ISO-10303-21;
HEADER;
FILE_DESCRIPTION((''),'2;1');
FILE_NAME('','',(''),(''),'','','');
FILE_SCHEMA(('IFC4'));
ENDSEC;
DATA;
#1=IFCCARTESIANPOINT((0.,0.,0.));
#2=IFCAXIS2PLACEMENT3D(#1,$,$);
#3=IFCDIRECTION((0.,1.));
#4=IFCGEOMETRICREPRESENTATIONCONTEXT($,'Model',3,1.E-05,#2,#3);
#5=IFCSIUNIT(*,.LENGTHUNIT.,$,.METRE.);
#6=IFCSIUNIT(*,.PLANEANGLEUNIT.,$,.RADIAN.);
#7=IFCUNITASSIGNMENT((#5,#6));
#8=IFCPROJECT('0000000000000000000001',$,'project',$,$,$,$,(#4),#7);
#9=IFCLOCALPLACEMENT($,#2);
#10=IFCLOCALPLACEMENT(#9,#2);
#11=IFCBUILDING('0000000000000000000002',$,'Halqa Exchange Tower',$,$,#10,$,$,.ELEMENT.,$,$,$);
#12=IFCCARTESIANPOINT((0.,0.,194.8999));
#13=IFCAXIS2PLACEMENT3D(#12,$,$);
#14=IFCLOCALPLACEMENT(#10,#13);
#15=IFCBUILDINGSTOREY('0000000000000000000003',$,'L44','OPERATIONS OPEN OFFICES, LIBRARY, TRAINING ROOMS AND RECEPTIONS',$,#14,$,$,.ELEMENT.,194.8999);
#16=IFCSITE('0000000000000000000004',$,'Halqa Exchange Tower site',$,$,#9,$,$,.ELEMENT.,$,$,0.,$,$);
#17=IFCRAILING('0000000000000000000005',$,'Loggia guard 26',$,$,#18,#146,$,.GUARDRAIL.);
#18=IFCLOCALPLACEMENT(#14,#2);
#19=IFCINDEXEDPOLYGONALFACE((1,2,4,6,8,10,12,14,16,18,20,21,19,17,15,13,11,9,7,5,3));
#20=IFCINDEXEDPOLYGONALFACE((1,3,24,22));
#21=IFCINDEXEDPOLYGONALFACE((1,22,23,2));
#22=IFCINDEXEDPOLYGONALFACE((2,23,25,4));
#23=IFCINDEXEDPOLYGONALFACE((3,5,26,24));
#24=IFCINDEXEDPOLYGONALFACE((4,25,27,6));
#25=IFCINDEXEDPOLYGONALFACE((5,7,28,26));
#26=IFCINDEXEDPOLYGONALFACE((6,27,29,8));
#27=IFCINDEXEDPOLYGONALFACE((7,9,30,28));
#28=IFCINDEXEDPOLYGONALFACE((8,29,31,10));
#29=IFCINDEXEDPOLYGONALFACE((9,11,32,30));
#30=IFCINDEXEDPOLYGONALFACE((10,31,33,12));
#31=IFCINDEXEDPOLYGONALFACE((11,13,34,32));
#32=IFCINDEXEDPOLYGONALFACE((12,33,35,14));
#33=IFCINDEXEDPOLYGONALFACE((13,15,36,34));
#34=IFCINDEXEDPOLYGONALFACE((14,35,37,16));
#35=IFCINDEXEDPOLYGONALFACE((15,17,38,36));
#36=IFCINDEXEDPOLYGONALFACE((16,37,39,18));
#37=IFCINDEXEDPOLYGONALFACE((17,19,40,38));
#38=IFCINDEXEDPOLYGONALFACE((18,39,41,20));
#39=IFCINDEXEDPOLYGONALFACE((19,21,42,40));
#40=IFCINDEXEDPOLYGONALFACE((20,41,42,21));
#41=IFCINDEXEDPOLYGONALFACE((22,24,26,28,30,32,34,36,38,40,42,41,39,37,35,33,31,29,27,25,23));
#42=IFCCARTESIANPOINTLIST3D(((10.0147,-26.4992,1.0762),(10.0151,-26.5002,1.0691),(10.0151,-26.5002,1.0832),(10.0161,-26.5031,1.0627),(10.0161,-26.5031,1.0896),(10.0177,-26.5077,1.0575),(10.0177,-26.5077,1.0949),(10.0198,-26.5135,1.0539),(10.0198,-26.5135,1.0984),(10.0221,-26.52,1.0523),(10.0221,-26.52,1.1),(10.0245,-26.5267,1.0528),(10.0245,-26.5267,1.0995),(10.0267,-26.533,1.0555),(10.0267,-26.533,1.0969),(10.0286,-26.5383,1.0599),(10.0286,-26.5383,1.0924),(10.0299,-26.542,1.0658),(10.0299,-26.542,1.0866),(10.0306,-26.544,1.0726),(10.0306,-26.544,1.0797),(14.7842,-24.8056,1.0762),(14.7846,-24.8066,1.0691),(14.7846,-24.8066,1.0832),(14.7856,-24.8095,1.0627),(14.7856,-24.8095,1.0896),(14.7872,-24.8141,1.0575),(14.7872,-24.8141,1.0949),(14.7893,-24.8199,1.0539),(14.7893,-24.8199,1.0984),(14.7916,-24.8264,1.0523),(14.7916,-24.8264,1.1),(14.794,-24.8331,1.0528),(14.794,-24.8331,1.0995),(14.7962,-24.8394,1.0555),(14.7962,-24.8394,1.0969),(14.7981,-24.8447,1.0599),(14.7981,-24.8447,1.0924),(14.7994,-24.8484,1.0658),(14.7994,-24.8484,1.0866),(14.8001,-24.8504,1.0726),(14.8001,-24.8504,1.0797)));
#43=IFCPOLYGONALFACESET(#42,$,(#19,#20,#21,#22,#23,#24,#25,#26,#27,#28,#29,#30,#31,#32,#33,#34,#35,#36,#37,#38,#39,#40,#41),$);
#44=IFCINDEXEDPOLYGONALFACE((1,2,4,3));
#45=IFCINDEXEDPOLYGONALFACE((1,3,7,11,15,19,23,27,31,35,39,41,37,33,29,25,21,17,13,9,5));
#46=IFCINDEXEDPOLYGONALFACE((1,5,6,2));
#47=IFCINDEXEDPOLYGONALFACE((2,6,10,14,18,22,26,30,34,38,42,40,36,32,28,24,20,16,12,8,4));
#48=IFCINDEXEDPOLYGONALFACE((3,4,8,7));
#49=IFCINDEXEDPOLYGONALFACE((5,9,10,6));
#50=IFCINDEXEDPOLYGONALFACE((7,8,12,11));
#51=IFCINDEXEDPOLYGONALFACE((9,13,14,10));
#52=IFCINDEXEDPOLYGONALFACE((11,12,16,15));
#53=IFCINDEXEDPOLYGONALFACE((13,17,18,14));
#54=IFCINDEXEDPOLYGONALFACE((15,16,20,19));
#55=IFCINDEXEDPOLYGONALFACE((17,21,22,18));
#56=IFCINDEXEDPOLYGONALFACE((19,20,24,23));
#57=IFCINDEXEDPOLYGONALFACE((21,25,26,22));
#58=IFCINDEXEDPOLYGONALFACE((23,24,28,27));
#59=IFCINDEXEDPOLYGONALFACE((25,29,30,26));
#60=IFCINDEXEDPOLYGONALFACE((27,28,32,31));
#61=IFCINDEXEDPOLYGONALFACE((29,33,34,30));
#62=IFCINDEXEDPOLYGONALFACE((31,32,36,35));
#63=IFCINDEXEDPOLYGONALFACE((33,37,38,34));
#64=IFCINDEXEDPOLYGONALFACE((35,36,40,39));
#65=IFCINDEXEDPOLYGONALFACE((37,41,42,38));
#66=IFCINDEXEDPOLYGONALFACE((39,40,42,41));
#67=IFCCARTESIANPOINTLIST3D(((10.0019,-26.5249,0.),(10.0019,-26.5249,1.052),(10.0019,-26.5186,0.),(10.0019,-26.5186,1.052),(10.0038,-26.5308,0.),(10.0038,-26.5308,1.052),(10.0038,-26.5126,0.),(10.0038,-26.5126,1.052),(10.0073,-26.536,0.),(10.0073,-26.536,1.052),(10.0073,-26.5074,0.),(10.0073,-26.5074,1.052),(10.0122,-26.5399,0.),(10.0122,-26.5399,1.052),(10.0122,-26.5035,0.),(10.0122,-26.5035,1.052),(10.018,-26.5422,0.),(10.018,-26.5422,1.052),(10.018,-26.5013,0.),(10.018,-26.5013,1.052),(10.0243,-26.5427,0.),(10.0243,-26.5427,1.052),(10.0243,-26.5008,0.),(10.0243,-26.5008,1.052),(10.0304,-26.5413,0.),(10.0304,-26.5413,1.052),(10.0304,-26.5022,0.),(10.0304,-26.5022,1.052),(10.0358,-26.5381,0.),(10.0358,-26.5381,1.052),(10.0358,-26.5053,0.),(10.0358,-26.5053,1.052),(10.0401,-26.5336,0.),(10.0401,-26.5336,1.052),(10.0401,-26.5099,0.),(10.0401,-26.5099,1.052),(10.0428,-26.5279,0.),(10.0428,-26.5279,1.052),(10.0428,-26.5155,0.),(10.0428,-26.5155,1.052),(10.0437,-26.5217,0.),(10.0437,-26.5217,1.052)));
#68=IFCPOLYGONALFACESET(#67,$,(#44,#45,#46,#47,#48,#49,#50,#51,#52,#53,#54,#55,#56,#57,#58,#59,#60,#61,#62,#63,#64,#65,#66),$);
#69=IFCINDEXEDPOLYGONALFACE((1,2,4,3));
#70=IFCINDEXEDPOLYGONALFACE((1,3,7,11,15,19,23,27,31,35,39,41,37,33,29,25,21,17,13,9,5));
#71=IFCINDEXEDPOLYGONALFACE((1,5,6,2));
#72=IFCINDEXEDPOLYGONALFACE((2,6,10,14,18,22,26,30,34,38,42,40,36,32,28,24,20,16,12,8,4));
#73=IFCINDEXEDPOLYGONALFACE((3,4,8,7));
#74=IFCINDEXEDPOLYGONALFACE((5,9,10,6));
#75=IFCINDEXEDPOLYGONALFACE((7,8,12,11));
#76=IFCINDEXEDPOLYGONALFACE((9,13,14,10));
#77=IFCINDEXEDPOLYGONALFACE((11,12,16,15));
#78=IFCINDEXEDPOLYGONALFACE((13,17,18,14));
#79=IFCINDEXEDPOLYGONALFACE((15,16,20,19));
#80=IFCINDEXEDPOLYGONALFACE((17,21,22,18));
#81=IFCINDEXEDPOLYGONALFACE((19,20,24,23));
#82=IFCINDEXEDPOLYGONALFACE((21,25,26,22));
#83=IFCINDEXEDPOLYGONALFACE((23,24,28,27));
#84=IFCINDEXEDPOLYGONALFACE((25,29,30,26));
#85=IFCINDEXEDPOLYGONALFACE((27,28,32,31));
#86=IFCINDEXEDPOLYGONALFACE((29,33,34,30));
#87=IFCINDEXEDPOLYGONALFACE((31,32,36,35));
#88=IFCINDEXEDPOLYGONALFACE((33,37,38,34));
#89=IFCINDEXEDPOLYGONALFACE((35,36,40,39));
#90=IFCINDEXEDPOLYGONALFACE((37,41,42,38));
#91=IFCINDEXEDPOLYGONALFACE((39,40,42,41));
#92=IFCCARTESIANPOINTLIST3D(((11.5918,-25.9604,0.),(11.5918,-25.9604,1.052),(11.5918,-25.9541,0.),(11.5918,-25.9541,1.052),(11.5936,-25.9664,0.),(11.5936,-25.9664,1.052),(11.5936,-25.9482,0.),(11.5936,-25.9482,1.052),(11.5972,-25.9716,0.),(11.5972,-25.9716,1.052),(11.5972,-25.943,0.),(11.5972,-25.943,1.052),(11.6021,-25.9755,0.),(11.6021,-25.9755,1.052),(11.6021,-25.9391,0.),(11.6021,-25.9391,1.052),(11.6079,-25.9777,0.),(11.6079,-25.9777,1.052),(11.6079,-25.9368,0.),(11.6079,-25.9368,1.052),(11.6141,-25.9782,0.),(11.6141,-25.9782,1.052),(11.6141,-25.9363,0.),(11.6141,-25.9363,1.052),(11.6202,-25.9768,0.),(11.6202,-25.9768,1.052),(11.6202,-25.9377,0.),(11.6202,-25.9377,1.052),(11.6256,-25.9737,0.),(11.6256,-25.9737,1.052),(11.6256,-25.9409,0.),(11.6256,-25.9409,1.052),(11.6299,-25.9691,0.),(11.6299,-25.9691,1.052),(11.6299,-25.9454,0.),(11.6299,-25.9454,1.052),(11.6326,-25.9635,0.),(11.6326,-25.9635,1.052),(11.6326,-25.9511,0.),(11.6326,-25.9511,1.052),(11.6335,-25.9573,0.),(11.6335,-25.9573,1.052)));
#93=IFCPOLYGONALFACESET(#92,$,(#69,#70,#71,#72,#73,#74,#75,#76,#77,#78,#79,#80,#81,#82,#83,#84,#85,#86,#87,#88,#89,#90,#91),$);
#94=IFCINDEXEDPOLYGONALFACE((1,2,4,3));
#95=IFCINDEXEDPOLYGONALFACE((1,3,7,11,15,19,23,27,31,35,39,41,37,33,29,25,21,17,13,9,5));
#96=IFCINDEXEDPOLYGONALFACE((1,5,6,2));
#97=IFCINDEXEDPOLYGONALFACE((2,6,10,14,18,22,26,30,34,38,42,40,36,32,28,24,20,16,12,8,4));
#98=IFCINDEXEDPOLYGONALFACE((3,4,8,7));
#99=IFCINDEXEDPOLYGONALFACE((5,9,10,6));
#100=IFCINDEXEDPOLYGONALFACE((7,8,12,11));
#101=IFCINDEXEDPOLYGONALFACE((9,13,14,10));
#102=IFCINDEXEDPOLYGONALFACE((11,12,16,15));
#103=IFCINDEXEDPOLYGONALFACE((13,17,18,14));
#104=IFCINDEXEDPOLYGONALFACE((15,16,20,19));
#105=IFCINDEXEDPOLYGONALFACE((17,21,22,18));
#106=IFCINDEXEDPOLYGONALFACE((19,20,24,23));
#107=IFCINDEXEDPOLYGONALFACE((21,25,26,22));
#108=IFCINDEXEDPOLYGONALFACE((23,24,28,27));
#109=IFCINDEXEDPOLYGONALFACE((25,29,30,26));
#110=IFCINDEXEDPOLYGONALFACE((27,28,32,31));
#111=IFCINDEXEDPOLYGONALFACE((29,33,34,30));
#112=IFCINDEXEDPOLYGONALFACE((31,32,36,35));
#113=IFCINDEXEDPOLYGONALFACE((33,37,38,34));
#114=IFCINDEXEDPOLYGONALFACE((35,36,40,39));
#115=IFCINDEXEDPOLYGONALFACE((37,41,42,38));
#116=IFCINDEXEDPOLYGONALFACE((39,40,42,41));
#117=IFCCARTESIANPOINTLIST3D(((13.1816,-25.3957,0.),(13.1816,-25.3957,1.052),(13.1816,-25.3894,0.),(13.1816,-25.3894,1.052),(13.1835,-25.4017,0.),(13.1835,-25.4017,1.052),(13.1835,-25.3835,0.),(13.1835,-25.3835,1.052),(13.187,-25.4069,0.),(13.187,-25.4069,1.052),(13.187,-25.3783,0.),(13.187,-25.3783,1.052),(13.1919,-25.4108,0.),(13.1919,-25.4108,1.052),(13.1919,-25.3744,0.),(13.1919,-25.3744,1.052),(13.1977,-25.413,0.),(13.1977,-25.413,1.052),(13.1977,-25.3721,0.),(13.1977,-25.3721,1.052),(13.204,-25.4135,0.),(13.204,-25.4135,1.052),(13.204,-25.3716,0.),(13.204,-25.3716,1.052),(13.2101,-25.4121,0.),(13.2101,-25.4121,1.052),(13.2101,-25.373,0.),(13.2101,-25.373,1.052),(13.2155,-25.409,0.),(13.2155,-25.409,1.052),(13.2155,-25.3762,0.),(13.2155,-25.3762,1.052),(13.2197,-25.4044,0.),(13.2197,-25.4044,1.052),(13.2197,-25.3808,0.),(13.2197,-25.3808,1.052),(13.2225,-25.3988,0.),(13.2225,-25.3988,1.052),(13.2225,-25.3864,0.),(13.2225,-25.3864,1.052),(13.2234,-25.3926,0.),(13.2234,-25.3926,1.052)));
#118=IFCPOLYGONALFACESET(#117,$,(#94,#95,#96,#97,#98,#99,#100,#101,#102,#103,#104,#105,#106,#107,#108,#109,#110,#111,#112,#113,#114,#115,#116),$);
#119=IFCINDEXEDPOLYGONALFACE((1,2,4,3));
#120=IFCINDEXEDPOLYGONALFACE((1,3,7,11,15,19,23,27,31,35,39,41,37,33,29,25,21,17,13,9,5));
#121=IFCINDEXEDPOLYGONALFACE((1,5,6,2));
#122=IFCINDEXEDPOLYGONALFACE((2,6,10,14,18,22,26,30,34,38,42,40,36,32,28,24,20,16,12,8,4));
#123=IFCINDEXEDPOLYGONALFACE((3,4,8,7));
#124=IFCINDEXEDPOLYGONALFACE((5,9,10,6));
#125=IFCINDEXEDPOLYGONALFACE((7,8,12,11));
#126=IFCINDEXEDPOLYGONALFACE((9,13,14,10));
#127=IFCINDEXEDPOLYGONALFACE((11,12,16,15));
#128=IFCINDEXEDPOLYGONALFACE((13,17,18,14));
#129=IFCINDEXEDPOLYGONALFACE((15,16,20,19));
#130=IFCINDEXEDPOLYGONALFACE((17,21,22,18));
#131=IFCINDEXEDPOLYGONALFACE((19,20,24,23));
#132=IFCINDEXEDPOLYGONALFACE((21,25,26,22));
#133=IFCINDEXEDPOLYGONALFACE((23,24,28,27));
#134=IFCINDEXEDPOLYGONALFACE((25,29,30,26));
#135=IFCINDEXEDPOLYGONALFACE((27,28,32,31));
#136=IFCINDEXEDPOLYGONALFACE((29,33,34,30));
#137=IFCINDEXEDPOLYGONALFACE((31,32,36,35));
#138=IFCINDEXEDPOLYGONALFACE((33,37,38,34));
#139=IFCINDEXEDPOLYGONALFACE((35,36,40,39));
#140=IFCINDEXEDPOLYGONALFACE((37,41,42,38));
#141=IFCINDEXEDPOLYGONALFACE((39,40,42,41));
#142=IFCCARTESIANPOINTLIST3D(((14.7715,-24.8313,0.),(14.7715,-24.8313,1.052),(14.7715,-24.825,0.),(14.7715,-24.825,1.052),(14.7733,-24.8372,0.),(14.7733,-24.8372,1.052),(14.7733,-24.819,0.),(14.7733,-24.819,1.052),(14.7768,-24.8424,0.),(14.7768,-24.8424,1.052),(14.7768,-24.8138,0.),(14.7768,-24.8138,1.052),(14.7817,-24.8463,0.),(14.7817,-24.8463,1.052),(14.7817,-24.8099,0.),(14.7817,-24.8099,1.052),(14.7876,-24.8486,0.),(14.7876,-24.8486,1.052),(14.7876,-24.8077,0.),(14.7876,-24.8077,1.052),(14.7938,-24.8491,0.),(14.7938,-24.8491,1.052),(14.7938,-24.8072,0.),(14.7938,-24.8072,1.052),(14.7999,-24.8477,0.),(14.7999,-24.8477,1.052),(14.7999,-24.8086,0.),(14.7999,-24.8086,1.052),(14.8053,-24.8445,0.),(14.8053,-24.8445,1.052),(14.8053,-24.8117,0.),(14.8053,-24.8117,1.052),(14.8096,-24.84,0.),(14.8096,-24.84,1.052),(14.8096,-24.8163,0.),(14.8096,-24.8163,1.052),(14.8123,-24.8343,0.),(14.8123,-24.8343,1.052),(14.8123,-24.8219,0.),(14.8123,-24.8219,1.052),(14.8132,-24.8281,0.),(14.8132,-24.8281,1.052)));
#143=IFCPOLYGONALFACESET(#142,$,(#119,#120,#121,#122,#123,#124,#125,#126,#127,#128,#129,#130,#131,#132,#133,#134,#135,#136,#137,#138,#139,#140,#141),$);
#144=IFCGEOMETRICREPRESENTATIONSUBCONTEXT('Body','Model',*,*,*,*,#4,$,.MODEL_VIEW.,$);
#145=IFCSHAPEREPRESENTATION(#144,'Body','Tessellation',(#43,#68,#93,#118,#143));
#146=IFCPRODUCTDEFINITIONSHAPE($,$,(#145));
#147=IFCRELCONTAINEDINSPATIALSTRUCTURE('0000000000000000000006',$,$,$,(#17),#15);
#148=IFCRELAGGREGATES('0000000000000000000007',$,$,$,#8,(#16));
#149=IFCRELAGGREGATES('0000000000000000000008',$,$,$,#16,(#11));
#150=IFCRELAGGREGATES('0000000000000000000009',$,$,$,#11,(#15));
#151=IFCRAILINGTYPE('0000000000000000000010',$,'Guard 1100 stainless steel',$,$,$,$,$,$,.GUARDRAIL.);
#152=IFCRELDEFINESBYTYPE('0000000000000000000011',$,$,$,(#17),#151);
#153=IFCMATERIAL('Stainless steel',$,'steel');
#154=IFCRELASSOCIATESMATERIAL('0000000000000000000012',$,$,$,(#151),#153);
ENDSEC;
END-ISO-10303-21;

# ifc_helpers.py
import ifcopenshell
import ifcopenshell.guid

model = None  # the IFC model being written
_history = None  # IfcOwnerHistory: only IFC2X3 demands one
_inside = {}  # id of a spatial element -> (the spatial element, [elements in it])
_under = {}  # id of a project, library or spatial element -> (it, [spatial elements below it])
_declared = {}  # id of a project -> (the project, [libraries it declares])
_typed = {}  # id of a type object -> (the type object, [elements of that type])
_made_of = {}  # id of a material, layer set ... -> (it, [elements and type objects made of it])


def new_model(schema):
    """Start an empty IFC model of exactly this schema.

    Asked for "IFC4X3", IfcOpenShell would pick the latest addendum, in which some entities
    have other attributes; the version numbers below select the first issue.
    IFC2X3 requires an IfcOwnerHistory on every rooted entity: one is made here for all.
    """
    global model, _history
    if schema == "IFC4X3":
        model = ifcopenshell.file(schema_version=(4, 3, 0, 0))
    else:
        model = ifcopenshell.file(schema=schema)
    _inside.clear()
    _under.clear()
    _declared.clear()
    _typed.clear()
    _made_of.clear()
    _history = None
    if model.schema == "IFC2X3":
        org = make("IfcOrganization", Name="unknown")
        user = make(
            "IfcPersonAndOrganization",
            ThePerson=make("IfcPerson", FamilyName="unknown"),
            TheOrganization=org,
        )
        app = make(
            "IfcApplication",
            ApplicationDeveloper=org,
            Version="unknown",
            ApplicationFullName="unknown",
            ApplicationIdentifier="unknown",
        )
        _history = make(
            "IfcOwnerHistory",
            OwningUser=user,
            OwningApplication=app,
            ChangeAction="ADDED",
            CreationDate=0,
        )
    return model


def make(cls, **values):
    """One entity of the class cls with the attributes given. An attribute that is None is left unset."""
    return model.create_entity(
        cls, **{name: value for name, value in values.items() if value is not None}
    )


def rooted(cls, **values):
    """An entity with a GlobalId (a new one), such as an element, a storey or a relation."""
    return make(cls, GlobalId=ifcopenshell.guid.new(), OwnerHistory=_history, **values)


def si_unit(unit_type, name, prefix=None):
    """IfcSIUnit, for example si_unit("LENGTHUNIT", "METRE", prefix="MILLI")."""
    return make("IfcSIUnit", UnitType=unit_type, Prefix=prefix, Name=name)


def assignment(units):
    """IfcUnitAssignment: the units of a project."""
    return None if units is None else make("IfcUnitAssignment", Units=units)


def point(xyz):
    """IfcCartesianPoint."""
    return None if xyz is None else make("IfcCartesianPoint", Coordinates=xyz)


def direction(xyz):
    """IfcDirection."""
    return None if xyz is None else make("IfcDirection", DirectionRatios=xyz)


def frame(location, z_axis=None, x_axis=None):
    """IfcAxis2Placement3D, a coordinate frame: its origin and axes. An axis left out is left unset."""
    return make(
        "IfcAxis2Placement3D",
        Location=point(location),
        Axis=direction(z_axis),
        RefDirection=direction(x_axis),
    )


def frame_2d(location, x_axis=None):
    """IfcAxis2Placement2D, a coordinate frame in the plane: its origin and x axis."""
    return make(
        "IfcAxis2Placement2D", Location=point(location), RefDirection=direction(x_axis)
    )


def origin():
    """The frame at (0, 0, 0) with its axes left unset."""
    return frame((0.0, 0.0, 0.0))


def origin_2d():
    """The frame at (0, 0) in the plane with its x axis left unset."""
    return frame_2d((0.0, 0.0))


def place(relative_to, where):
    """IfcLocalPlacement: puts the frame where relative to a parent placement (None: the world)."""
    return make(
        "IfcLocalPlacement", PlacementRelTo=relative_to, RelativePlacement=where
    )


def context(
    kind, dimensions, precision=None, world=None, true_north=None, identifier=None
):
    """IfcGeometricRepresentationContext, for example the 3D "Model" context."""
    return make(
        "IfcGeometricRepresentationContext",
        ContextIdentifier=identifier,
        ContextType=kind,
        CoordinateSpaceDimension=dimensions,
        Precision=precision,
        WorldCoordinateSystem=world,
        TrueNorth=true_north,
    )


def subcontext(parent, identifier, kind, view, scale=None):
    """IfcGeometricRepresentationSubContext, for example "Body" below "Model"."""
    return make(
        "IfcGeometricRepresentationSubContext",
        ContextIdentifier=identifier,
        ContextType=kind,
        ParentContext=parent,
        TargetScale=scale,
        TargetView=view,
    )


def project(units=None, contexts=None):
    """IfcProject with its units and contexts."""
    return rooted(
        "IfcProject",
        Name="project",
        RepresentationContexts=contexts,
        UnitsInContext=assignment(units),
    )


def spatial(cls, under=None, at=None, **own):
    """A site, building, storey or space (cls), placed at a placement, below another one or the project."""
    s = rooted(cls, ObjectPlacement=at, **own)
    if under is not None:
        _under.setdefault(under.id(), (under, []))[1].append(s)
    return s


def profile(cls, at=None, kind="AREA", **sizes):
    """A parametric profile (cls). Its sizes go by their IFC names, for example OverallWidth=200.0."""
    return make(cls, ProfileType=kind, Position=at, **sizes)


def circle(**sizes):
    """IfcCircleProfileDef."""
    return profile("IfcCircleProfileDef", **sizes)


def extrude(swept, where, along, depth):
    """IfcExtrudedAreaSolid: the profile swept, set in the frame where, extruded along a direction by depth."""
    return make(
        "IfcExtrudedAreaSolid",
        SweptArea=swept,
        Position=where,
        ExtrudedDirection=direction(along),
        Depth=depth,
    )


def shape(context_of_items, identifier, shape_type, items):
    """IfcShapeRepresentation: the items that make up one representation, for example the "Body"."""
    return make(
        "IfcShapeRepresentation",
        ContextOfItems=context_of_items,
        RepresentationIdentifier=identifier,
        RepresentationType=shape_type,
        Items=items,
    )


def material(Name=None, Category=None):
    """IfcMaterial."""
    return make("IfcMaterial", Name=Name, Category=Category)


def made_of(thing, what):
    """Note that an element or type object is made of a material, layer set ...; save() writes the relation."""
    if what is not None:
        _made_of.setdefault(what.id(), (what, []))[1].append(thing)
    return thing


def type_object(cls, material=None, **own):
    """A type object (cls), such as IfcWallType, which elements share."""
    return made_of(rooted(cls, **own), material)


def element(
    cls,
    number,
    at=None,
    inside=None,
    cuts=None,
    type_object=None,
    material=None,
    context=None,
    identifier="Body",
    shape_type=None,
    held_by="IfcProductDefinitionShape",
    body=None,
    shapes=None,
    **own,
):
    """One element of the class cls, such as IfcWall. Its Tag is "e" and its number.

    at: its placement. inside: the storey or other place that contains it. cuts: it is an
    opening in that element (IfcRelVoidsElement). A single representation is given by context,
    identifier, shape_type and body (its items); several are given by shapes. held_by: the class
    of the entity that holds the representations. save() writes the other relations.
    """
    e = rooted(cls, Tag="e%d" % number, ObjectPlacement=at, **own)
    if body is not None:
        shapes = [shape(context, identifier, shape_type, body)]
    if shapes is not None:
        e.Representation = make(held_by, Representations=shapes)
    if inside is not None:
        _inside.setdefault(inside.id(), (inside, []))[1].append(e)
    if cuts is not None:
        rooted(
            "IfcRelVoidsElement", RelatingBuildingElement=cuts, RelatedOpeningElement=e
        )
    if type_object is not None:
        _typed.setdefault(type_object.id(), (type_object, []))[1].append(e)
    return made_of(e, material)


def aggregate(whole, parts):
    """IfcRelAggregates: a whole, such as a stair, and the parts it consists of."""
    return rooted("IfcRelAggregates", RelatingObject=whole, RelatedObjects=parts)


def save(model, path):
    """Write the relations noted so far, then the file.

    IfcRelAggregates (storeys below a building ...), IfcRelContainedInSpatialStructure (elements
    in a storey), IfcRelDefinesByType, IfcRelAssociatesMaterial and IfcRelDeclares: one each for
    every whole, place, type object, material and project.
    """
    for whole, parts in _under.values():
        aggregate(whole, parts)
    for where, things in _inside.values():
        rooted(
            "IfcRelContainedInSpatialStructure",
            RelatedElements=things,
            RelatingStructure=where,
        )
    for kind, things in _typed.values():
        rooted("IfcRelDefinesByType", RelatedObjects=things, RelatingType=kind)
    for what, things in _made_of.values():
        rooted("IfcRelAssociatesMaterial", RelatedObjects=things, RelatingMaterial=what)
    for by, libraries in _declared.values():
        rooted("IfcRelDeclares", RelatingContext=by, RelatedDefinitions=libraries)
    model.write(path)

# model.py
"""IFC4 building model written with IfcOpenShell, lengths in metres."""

from ifc_helpers import new_model, si_unit, direction, frame, origin, origin_2d, place, context, subcontext, project, spatial, circle, extrude, material, type_object, element, save


model = new_model("IFC4")

# Units and contexts
model_context = context("Model", 3, precision=1e-05, world=origin(), true_north=direction((0.0, 1.0)))
body_context = subcontext(model_context, "Body", "Model", "MODEL_VIEW")
ifc_project = project(units=[si_unit("LENGTHUNIT", "METRE"), si_unit("PLANEANGLEUNIT", "RADIAN")], contexts=[model_context])

# Site, building, storey
site_placement = place(None, origin())
site = spatial("IfcSite", under=ifc_project, at=site_placement, Name="Halqa Exchange Tower site", CompositionType="ELEMENT", RefElevation=0.0)
building_placement = place(site_placement, origin())
building = spatial("IfcBuilding", under=site, at=building_placement, Name="Halqa Exchange Tower", CompositionType="ELEMENT")
storey_placement = place(building_placement, frame((0.0, 0.0, 194.8999)))
storey = spatial("IfcBuildingStorey", under=building, at=storey_placement, Name="L44", Description="OPERATIONS OPEN OFFICES, LIBRARY, TRAINING ROOMS AND RECEPTIONS", CompositionType="ELEMENT", Elevation=194.8999)

# Railing
ifc_material_1 = material(Name="Stainless steel", Category="steel")
railing_type = type_object("IfcRailingType", Name="Guard 1100 stainless steel", PredefinedType="GUARDRAIL", material=ifc_material_1)
railing_1_placement = place(storey_placement, frame((10.0227, -26.5217, 0.0)))
element("IfcRailing", 1, at=railing_1_placement, inside=storey, type_object=railing_type, Name="Loggia guard 26", PredefinedType="GUARDRAIL", context=body_context, shape_type="SweptSolid", body=[
    extrude(circle(Radius=0.0239, at=origin_2d()), frame((0.0, 0.0, 1.0762), z_axis=(0.942354, 0.334619, 0.0), x_axis=(-0.334619, 0.942354, 0.0)), (0.0, 0.0, 1.0), 5.0613),
    extrude(circle(Radius=0.021, at=origin_2d()), origin(), (0.0, 0.0, 1.0), 1.052),
    extrude(circle(Radius=0.021, at=origin_2d()), frame((1.5898, 0.5645, 0.0)), (0.0, 0.0, 1.0), 1.052),
    extrude(circle(Radius=0.021, at=origin_2d()), frame((3.1797, 1.1292, 0.0)), (0.0, 0.0, 1.0), 1.052),
    extrude(circle(Radius=0.021, at=origin_2d()), frame((4.7695, 1.6936, 0.0)), (0.0, 0.0, 1.0), 1.052),
])

save(model, "model.ifc")
